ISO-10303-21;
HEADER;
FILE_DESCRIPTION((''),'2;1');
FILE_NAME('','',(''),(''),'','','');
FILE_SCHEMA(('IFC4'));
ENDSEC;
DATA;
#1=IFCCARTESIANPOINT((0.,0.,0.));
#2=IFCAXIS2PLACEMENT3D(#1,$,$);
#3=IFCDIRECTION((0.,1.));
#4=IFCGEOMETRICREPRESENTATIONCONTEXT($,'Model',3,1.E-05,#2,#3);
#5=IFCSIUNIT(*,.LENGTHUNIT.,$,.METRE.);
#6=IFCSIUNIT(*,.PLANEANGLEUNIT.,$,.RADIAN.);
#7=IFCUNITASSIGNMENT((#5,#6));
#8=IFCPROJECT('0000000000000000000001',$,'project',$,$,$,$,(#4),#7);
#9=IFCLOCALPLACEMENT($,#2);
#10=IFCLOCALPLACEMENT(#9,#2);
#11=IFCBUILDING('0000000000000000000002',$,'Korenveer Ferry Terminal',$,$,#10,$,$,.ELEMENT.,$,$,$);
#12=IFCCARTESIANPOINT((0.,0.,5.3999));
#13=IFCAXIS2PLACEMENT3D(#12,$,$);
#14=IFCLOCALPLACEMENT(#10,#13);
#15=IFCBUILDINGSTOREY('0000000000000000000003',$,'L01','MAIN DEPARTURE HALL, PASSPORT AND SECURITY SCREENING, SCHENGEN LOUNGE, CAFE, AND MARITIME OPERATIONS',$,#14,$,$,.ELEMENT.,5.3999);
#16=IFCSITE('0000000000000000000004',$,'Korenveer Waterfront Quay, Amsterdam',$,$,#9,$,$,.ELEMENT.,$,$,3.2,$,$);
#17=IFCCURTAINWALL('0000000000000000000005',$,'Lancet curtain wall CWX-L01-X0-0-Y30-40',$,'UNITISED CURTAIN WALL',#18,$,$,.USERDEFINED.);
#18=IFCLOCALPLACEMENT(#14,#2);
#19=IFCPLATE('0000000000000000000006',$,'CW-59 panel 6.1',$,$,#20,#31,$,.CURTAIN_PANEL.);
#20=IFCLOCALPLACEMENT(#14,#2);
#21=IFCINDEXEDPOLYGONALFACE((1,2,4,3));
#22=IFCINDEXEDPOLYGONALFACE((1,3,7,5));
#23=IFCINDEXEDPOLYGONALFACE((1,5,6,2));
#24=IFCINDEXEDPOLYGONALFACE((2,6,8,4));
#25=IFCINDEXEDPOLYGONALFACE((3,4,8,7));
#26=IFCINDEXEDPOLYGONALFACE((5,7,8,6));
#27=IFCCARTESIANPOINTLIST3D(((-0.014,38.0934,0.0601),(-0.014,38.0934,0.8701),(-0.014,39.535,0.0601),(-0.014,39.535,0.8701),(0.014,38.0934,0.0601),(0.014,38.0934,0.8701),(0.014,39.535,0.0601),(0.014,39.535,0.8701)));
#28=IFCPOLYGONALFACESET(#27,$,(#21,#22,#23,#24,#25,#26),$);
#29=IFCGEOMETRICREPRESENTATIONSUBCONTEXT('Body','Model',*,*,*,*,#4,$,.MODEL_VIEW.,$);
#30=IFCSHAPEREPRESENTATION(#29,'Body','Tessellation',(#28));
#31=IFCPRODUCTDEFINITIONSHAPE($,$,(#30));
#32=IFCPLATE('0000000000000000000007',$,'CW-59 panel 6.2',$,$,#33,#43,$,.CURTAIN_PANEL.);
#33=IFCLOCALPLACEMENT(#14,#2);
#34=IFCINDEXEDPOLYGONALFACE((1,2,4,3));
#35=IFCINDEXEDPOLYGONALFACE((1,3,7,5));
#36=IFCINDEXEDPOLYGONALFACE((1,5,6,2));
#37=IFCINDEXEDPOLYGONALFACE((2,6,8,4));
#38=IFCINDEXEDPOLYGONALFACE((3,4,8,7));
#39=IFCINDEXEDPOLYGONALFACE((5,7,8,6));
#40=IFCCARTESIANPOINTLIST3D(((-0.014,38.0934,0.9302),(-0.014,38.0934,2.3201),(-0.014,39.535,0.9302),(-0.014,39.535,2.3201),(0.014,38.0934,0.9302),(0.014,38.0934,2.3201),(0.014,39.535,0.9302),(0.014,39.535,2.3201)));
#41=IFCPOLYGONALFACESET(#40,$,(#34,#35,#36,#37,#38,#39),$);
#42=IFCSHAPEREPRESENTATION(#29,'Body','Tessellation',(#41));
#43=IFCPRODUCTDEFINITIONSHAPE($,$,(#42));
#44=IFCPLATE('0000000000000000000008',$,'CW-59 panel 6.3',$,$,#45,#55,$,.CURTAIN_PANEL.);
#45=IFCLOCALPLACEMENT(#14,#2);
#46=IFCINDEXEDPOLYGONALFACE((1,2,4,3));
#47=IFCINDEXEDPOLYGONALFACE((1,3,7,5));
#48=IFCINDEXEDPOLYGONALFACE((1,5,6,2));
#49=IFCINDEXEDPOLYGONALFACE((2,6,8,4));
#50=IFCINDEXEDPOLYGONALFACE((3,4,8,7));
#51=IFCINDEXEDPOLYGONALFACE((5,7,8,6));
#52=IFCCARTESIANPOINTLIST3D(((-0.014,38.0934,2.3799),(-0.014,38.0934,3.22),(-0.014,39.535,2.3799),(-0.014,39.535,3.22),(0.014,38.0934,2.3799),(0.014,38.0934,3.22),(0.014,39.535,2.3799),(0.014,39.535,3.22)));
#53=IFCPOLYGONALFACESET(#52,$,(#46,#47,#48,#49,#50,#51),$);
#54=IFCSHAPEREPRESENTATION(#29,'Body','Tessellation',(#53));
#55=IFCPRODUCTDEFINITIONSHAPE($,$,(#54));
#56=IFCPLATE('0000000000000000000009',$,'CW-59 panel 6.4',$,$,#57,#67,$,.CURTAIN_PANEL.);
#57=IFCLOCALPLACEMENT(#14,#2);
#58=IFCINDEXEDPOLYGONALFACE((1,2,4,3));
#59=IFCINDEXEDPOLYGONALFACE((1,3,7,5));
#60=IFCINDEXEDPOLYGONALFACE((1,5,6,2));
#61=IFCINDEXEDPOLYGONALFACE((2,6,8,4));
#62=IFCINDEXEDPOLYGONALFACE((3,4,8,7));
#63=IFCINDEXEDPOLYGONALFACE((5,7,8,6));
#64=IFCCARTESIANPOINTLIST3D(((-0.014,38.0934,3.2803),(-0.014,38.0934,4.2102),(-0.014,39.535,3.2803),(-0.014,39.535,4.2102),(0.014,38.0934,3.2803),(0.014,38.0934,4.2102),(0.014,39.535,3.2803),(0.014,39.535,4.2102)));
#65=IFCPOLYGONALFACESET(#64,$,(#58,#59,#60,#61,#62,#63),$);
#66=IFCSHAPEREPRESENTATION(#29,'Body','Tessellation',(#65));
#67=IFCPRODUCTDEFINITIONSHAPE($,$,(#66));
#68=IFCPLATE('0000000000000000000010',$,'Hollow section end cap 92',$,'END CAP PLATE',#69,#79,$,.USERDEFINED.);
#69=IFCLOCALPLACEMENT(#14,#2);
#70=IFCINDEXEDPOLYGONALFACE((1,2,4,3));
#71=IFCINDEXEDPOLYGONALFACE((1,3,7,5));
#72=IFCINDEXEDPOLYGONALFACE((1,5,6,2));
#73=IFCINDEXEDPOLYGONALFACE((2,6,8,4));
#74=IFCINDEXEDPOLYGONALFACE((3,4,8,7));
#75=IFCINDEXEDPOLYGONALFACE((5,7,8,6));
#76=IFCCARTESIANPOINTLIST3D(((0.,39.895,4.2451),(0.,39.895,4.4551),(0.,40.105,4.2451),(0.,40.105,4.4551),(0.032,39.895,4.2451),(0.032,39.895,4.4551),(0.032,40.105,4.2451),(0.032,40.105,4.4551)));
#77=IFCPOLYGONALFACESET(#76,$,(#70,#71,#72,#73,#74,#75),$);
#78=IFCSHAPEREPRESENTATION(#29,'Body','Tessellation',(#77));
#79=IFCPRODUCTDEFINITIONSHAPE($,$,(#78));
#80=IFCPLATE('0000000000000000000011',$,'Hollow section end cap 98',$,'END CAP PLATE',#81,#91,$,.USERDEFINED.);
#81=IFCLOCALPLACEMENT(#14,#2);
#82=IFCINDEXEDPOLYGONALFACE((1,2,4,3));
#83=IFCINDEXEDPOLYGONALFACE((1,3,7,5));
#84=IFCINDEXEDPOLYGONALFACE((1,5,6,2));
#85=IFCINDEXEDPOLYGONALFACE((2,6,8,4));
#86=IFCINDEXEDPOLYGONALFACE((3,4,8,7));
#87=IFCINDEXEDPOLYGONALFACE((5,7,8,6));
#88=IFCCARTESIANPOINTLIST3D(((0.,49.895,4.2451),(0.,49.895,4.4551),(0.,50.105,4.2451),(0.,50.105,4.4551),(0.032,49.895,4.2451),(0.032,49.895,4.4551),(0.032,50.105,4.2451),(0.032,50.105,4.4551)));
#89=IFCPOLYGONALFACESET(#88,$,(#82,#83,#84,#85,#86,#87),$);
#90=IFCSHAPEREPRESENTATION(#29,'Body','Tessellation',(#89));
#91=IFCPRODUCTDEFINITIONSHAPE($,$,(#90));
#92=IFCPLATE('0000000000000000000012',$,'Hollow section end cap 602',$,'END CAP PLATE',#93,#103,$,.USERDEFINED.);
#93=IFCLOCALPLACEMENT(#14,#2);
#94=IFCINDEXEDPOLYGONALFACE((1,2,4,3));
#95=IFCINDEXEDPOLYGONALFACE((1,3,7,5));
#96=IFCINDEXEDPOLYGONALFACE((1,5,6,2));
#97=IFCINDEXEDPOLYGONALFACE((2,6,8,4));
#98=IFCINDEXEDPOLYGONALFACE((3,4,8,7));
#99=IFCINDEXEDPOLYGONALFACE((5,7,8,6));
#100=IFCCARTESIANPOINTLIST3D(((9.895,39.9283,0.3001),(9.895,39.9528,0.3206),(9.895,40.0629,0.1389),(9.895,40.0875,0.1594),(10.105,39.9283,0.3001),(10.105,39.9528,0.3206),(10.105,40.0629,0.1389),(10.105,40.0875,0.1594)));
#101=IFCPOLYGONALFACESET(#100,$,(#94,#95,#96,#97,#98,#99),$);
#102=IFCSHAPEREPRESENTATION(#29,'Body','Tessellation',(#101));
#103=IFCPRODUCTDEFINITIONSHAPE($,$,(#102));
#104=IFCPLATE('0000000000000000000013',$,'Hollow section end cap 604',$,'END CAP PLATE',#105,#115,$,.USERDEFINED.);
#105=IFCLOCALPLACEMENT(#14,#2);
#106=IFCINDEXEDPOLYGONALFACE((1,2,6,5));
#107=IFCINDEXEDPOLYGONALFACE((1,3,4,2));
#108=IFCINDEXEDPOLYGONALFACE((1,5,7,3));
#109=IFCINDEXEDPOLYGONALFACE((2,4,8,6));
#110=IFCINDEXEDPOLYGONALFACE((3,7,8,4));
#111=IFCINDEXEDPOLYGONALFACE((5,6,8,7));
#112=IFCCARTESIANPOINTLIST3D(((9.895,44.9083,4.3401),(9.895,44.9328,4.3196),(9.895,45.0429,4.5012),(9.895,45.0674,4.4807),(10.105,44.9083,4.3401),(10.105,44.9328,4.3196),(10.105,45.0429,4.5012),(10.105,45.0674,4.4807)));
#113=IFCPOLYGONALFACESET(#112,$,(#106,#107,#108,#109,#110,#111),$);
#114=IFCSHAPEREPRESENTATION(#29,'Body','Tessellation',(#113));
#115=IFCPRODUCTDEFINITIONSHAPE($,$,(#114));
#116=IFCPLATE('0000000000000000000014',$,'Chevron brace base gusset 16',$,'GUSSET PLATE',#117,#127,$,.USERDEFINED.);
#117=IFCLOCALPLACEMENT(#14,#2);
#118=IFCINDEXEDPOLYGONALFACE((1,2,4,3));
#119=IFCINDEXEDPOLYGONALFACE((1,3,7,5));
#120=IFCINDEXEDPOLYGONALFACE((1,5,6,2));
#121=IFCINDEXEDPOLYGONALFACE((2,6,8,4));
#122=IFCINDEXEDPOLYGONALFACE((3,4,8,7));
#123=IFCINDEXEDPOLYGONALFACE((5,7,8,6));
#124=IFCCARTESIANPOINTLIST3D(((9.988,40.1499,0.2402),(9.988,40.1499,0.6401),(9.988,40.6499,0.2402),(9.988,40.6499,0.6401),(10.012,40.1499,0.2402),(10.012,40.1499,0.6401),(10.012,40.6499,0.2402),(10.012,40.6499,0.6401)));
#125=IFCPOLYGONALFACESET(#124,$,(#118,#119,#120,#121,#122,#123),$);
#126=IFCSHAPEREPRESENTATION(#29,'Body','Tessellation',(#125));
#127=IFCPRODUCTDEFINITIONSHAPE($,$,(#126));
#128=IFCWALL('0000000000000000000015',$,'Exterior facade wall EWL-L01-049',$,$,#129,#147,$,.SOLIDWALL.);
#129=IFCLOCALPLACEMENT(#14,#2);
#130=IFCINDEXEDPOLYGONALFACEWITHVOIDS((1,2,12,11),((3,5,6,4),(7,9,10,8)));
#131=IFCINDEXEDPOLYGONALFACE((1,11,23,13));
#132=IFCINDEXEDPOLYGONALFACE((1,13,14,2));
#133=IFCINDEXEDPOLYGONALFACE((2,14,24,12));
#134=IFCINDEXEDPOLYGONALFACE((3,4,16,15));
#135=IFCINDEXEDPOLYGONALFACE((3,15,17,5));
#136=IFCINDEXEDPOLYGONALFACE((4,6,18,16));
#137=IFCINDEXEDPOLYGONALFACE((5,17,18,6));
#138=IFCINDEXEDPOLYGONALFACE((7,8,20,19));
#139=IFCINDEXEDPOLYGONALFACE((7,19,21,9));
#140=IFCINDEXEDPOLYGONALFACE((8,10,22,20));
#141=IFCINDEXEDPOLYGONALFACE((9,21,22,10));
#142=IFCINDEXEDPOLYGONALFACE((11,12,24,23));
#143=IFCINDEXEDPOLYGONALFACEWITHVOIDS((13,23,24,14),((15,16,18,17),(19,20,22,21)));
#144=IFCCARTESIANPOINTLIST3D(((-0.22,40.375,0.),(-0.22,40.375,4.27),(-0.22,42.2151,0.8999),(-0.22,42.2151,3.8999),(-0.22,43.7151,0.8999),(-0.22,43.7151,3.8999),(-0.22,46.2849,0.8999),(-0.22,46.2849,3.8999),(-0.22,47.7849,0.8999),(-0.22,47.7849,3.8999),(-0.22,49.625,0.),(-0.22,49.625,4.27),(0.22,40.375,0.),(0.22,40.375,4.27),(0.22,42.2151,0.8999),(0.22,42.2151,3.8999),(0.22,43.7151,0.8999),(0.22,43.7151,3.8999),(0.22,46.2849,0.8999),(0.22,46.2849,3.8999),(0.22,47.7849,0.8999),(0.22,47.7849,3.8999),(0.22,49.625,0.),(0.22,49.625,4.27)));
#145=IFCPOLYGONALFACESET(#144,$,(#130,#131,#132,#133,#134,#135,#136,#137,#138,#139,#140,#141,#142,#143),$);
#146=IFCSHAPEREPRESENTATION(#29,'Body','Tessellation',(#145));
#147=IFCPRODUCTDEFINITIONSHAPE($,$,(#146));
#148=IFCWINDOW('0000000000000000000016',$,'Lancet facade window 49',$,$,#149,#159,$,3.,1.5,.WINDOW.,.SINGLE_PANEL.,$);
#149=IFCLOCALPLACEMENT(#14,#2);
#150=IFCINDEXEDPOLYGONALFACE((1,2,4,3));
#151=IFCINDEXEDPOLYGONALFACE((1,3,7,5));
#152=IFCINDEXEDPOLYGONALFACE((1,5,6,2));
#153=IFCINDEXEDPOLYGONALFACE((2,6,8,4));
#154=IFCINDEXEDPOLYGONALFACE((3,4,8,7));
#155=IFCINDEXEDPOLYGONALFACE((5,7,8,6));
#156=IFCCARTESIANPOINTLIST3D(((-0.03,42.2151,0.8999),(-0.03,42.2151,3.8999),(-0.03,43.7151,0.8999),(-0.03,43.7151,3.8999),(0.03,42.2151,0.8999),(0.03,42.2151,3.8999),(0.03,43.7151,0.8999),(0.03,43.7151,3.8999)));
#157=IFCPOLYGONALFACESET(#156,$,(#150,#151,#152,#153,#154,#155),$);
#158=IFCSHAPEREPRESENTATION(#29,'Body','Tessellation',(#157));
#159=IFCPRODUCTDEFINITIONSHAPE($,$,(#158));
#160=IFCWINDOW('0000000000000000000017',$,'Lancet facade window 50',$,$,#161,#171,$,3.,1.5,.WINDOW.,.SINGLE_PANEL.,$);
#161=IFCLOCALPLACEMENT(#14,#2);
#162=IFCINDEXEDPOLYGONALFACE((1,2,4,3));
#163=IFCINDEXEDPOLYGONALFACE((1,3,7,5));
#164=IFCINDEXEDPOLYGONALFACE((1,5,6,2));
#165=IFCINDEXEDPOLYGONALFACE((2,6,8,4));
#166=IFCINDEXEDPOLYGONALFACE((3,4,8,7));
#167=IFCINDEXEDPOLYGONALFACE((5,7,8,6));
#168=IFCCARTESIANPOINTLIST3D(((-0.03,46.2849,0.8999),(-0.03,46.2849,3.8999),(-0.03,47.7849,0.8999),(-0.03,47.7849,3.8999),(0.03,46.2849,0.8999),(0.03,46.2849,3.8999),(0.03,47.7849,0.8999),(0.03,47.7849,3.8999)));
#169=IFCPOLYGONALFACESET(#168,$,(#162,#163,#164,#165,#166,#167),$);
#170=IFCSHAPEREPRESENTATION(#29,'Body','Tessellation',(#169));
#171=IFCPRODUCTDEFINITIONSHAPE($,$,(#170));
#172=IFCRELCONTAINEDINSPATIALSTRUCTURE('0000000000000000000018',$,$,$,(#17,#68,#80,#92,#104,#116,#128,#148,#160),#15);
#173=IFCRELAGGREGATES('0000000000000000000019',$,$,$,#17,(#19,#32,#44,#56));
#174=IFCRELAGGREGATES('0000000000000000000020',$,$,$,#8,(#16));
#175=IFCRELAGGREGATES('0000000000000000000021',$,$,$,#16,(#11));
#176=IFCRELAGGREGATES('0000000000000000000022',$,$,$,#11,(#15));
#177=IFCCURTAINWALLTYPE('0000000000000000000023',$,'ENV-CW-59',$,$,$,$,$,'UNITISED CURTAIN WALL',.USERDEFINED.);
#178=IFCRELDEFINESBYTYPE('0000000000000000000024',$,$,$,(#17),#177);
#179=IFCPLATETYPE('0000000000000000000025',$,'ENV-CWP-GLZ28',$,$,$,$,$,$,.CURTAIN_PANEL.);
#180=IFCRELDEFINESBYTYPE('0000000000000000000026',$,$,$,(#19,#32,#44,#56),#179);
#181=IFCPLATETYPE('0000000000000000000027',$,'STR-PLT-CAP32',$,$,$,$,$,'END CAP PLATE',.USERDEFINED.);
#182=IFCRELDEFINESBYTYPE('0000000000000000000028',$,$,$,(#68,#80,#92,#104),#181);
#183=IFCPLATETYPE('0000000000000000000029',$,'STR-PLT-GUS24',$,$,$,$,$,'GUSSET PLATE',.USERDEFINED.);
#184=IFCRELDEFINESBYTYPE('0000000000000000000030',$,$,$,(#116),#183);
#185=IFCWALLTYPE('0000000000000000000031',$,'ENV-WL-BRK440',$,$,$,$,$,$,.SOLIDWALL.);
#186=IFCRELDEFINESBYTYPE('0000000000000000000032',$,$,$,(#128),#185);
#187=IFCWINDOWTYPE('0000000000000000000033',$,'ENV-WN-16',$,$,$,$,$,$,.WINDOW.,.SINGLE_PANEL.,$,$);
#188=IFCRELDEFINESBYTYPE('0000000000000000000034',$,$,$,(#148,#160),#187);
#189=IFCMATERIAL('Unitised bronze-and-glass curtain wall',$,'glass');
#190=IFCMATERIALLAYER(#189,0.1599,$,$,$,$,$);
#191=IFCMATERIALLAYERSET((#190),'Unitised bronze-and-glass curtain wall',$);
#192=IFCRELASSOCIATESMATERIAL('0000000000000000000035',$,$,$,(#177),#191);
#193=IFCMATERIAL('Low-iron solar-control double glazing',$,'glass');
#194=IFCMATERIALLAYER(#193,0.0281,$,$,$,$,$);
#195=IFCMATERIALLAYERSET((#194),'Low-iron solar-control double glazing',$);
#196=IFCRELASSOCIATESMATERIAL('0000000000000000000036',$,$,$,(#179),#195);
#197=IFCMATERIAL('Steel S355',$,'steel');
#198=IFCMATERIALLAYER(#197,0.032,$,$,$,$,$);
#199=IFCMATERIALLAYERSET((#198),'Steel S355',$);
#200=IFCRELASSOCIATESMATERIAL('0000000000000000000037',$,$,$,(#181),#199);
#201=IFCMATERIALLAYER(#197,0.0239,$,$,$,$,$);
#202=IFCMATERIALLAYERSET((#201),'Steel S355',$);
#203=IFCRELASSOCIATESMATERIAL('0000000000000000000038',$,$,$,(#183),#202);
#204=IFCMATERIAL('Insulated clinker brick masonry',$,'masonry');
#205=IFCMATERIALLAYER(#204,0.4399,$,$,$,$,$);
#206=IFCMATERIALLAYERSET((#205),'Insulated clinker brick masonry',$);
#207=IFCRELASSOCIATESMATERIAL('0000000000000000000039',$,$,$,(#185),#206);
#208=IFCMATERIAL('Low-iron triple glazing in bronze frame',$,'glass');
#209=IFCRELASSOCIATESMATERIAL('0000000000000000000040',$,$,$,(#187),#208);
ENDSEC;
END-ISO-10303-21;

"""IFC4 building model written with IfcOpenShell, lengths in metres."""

from ifc_helpers import new_model, si_unit, direction, frame, frame_2d, origin, origin_2d, place, context, subcontext, project, spatial, rectangle, extrude, material, layer, layer_set, type_object, element, fill, aggregate, save


model = new_model("IFC4")

# Units and contexts
model_context = context("Model", 3, precision=1e-05, world=origin(), true_north=direction((0.0, 1.0)))
body_context = subcontext(model_context, "Body", "Model", "MODEL_VIEW")
ifc_project = project(units=[si_unit("LENGTHUNIT", "METRE"), si_unit("PLANEANGLEUNIT", "RADIAN")], contexts=[model_context])

# Site, building, storey
site_placement = place(None, origin())
site = spatial("IfcSite", under=ifc_project, at=site_placement, Name="Korenveer Waterfront Quay, Amsterdam", CompositionType="ELEMENT", RefElevation=3.2)
building_placement = place(site_placement, origin())
building = spatial("IfcBuilding", under=site, at=building_placement, Name="Korenveer Ferry Terminal", CompositionType="ELEMENT")
storey_placement = place(building_placement, frame((0.0, 0.0, 5.3999)))
storey = spatial("IfcBuildingStorey", under=building, at=storey_placement, Name="L01", Description="MAIN DEPARTURE HALL, PASSPORT AND SECURITY SCREENING, SCHENGEN LOUNGE, CAFE, AND MARITIME OPERATIONS", CompositionType="ELEMENT", Elevation=5.3999)

# Curtain wall
ifc_material_1 = material(Name="Unitised bronze-and-glass curtain wall", Category="glass")
ifc_layer_1 = layer(ifc_material_1, 0.1599)
ifc_layer_set_1 = layer_set([ifc_layer_1], Name="Unitised bronze-and-glass curtain wall")
curtain_wall_type_1 = type_object("IfcCurtainWallType", Name="ENV-CW-59", ElementType="UNITISED CURTAIN WALL", PredefinedType="USERDEFINED", material=ifc_layer_set_1)
curtain_wall_1_placement = place(storey_placement, frame((0.0, 30.405, 0.0)))
curtain_wall_1 = element("IfcCurtainWall", 1, at=curtain_wall_1_placement, inside=storey, type_object=curtain_wall_type_1, Name="Lancet curtain wall CWX-L01-X0-0-Y30-40", ObjectType="UNITISED CURTAIN WALL", PredefinedType="USERDEFINED")

# Shared definitions
ifc_material_2 = material(Name="Steel S355", Category="steel")

# Plates
ifc_material_3 = material(Name="Low-iron solar-control double glazing", Category="glass")
ifc_layer_2 = layer(ifc_material_3, 0.0281)
ifc_layer_set_2 = layer_set([ifc_layer_2], Name="Low-iron solar-control double glazing")
plate_type_1 = type_object("IfcPlateType", Name="ENV-CWP-GLZ28", PredefinedType="CURTAIN_PANEL", material=ifc_layer_set_2)
plate_1_placement = place(storey_placement, frame((0.0, 38.8142, 0.0601), z_axis=(0.0, 0.0, 1.0), x_axis=(0.0, 1.0, 0.0)))
plate_1 = element("IfcPlate", 2, at=plate_1_placement, type_object=plate_type_1, Name="CW-59 panel 6.1", PredefinedType="CURTAIN_PANEL", context=body_context, shape_type="SweptSolid", body=[
    extrude(rectangle(XDim=1.4417, YDim=0.0281, at=origin_2d()), origin(), (0.0, 0.0, 1.0), 0.8101),
])
plate_2_placement = place(storey_placement, frame((0.0, 38.8142, 0.9302), z_axis=(0.0, 0.0, 1.0), x_axis=(0.0, 1.0, 0.0)))
plate_2 = element("IfcPlate", 3, at=plate_2_placement, type_object=plate_type_1, Name="CW-59 panel 6.2", PredefinedType="CURTAIN_PANEL", context=body_context, shape_type="SweptSolid", body=[
    extrude(rectangle(XDim=1.4417, YDim=0.0281, at=origin_2d()), origin(), (0.0, 0.0, 1.0), 1.3899),
])
plate_3_placement = place(storey_placement, frame((0.0, 38.8142, 2.3799), z_axis=(0.0, 0.0, 1.0), x_axis=(0.0, 1.0, 0.0)))
plate_3 = element("IfcPlate", 4, at=plate_3_placement, type_object=plate_type_1, Name="CW-59 panel 6.3", PredefinedType="CURTAIN_PANEL", context=body_context, shape_type="SweptSolid", body=[
    extrude(rectangle(XDim=1.4417, YDim=0.0281, at=origin_2d()), origin(), (0.0, 0.0, 1.0), 0.8401),
])
plate_4_placement = place(storey_placement, frame((0.0, 38.8142, 3.2803), z_axis=(0.0, 0.0, 1.0), x_axis=(0.0, 1.0, 0.0)))
plate_4 = element("IfcPlate", 5, at=plate_4_placement, type_object=plate_type_1, Name="CW-59 panel 6.4", PredefinedType="CURTAIN_PANEL", context=body_context, shape_type="SweptSolid", body=[
    extrude(rectangle(XDim=1.4417, YDim=0.0281, at=origin_2d()), origin(), (0.0, 0.0, 1.0), 0.9299),
])
aggregate(curtain_wall_1, [plate_1, plate_2, plate_3, plate_4])

# Plates
ifc_layer_3 = layer(ifc_material_2, 0.032)
ifc_layer_set_3 = layer_set([ifc_layer_3], Name="Steel S355")
plate_type_2 = type_object("IfcPlateType", Name="STR-PLT-CAP32", ElementType="END CAP PLATE", PredefinedType="USERDEFINED", material=ifc_layer_set_3)
for number, where, z_axis, x_axis, name in (
    (6, (0.0, 40.0, 4.3501), (1.0, 0.0, 0.0), (0.0, 1.0, 0.0), "Hollow section end cap 92"),
    (7, (0.0, 50.0, 4.3501), (1.0, 0.0, 0.0), (0.0, 1.0, 0.0), "Hollow section end cap 98"),
    (8, (10.0, 39.9956, 0.2195), (0.0, 0.767463, 0.641093), (-1.0, 0.0, 0.0), "Hollow section end cap 602"),
    (9, (10.0, 44.9756, 4.4207), (0.0, 0.767463, -0.641093), (-1.0, 0.0, 0.0), "Hollow section end cap 604"),
):
    element("IfcPlate", number, at=place(storey_placement, frame(where, z_axis=z_axis, x_axis=x_axis)), inside=storey, type_object=plate_type_2, Name=name, ObjectType="END CAP PLATE", PredefinedType="USERDEFINED", context=body_context, shape_type="SweptSolid", body=[
        extrude(rectangle(XDim=0.21, YDim=0.21, at=origin_2d()), origin(), (0.0, 0.0, 1.0), 0.032),
    ])
ifc_layer_4 = layer(ifc_material_2, 0.0239)
ifc_layer_set_4 = layer_set([ifc_layer_4], Name="Steel S355")
plate_type_3 = type_object("IfcPlateType", Name="STR-PLT-GUS24", ElementType="GUSSET PLATE", PredefinedType="USERDEFINED", material=ifc_layer_set_4)
plate_5_placement = place(storey_placement, frame((10.0, 40.3999, 0.2402), z_axis=(0.0, 0.0, 1.0), x_axis=(1.0, 0.0, 0.0)))
element("IfcPlate", 10, at=plate_5_placement, inside=storey, type_object=plate_type_3, Name="Chevron brace base gusset 16", ObjectType="GUSSET PLATE", PredefinedType="USERDEFINED", context=body_context, shape_type="SweptSolid", body=[
    extrude(rectangle(XDim=0.0239, YDim=0.5, at=origin_2d()), origin(), (0.0, 0.0, 1.0), 0.3999),
])

# Wall, openings, windows
ifc_material_4 = material(Name="Insulated clinker brick masonry", Category="masonry")
ifc_layer_5 = layer(ifc_material_4, 0.4399)
ifc_layer_set_5 = layer_set([ifc_layer_5], Name="Insulated clinker brick masonry")
wall_type = type_object("IfcWallType", Name="ENV-WL-BRK440", PredefinedType="SOLIDWALL", material=ifc_layer_set_5)
wall_placement = place(storey_placement, frame((0.0, 40.375, 0.0), z_axis=(0.0, 0.0, 1.0), x_axis=(0.0, 1.0, 0.0)))
wall = element("IfcWall", 11, at=wall_placement, inside=storey, type_object=wall_type, Name="Exterior facade wall EWL-L01-049", PredefinedType="SOLIDWALL", context=body_context, shape_type="SweptSolid", body=[
    extrude(rectangle(XDim=9.25, YDim=0.4399, at=frame_2d((4.625, 0.0))), origin(), (0.0, 0.0, 1.0), 4.27),
])
opening_1_placement = place(wall_placement, frame((1.8401, 0.0, 0.8999)))
opening_1 = element("IfcOpeningElement", 12, at=opening_1_placement, cuts=wall, PredefinedType="OPENING", context=body_context, shape_type="SweptSolid", body=[
    extrude(rectangle(XDim=1.5, YDim=3.0, at=frame_2d((0.75, 1.5))), frame((0.0, 0.23, 0.0), z_axis=(0.0, -1.0, 0.0), x_axis=(1.0, 0.0, 0.0)), (0.0, 0.0, 1.0), 0.46),
])
opening_2_placement = place(wall_placement, frame((5.9099, 0.0, 0.8999)))
opening_2 = element("IfcOpeningElement", 13, at=opening_2_placement, cuts=wall, PredefinedType="OPENING", context=body_context, shape_type="SweptSolid", body=[
    extrude(rectangle(XDim=1.5, YDim=3.0, at=frame_2d((0.75, 1.5))), frame((0.0, 0.23, 0.0), z_axis=(0.0, -1.0, 0.0), x_axis=(1.0, 0.0, 0.0)), (0.0, 0.0, 1.0), 0.46),
])
ifc_material_5 = material(Name="Low-iron triple glazing in bronze frame", Category="glass")
window_type = type_object("IfcWindowType", Name="ENV-WN-16", PartitioningType="SINGLE_PANEL", PredefinedType="WINDOW", material=ifc_material_5)
window_1_placement = place(opening_1_placement, origin())
window_1 = element("IfcWindow", 14, at=window_1_placement, inside=storey, type_object=window_type, Name="Lancet facade window 49", OverallHeight=3.0, OverallWidth=1.5, PartitioningType="SINGLE_PANEL", PredefinedType="WINDOW", context=body_context, shape_type="SweptSolid", body=[
    extrude(rectangle(XDim=1.5, YDim=3.0, at=frame_2d((0.75, 1.5))), frame((0.0, 0.03, 0.0), z_axis=(0.0, -1.0, 0.0), x_axis=(1.0, 0.0, 0.0)), (0.0, 0.0, 1.0), 0.0601),
])
fill(opening_1, window_1)
window_2_placement = place(opening_2_placement, origin())
window_2 = element("IfcWindow", 15, at=window_2_placement, inside=storey, type_object=window_type, Name="Lancet facade window 50", OverallHeight=3.0, OverallWidth=1.5, PartitioningType="SINGLE_PANEL", PredefinedType="WINDOW", context=body_context, shape_type="SweptSolid", body=[
    extrude(rectangle(XDim=1.5, YDim=3.0, at=frame_2d((0.75, 1.5))), frame((0.0, 0.03, 0.0), z_axis=(0.0, -1.0, 0.0), x_axis=(1.0, 0.0, 0.0)), (0.0, 0.0, 1.0), 0.0601),
])
fill(opening_2, window_2)

save(model, "model.ifc")
